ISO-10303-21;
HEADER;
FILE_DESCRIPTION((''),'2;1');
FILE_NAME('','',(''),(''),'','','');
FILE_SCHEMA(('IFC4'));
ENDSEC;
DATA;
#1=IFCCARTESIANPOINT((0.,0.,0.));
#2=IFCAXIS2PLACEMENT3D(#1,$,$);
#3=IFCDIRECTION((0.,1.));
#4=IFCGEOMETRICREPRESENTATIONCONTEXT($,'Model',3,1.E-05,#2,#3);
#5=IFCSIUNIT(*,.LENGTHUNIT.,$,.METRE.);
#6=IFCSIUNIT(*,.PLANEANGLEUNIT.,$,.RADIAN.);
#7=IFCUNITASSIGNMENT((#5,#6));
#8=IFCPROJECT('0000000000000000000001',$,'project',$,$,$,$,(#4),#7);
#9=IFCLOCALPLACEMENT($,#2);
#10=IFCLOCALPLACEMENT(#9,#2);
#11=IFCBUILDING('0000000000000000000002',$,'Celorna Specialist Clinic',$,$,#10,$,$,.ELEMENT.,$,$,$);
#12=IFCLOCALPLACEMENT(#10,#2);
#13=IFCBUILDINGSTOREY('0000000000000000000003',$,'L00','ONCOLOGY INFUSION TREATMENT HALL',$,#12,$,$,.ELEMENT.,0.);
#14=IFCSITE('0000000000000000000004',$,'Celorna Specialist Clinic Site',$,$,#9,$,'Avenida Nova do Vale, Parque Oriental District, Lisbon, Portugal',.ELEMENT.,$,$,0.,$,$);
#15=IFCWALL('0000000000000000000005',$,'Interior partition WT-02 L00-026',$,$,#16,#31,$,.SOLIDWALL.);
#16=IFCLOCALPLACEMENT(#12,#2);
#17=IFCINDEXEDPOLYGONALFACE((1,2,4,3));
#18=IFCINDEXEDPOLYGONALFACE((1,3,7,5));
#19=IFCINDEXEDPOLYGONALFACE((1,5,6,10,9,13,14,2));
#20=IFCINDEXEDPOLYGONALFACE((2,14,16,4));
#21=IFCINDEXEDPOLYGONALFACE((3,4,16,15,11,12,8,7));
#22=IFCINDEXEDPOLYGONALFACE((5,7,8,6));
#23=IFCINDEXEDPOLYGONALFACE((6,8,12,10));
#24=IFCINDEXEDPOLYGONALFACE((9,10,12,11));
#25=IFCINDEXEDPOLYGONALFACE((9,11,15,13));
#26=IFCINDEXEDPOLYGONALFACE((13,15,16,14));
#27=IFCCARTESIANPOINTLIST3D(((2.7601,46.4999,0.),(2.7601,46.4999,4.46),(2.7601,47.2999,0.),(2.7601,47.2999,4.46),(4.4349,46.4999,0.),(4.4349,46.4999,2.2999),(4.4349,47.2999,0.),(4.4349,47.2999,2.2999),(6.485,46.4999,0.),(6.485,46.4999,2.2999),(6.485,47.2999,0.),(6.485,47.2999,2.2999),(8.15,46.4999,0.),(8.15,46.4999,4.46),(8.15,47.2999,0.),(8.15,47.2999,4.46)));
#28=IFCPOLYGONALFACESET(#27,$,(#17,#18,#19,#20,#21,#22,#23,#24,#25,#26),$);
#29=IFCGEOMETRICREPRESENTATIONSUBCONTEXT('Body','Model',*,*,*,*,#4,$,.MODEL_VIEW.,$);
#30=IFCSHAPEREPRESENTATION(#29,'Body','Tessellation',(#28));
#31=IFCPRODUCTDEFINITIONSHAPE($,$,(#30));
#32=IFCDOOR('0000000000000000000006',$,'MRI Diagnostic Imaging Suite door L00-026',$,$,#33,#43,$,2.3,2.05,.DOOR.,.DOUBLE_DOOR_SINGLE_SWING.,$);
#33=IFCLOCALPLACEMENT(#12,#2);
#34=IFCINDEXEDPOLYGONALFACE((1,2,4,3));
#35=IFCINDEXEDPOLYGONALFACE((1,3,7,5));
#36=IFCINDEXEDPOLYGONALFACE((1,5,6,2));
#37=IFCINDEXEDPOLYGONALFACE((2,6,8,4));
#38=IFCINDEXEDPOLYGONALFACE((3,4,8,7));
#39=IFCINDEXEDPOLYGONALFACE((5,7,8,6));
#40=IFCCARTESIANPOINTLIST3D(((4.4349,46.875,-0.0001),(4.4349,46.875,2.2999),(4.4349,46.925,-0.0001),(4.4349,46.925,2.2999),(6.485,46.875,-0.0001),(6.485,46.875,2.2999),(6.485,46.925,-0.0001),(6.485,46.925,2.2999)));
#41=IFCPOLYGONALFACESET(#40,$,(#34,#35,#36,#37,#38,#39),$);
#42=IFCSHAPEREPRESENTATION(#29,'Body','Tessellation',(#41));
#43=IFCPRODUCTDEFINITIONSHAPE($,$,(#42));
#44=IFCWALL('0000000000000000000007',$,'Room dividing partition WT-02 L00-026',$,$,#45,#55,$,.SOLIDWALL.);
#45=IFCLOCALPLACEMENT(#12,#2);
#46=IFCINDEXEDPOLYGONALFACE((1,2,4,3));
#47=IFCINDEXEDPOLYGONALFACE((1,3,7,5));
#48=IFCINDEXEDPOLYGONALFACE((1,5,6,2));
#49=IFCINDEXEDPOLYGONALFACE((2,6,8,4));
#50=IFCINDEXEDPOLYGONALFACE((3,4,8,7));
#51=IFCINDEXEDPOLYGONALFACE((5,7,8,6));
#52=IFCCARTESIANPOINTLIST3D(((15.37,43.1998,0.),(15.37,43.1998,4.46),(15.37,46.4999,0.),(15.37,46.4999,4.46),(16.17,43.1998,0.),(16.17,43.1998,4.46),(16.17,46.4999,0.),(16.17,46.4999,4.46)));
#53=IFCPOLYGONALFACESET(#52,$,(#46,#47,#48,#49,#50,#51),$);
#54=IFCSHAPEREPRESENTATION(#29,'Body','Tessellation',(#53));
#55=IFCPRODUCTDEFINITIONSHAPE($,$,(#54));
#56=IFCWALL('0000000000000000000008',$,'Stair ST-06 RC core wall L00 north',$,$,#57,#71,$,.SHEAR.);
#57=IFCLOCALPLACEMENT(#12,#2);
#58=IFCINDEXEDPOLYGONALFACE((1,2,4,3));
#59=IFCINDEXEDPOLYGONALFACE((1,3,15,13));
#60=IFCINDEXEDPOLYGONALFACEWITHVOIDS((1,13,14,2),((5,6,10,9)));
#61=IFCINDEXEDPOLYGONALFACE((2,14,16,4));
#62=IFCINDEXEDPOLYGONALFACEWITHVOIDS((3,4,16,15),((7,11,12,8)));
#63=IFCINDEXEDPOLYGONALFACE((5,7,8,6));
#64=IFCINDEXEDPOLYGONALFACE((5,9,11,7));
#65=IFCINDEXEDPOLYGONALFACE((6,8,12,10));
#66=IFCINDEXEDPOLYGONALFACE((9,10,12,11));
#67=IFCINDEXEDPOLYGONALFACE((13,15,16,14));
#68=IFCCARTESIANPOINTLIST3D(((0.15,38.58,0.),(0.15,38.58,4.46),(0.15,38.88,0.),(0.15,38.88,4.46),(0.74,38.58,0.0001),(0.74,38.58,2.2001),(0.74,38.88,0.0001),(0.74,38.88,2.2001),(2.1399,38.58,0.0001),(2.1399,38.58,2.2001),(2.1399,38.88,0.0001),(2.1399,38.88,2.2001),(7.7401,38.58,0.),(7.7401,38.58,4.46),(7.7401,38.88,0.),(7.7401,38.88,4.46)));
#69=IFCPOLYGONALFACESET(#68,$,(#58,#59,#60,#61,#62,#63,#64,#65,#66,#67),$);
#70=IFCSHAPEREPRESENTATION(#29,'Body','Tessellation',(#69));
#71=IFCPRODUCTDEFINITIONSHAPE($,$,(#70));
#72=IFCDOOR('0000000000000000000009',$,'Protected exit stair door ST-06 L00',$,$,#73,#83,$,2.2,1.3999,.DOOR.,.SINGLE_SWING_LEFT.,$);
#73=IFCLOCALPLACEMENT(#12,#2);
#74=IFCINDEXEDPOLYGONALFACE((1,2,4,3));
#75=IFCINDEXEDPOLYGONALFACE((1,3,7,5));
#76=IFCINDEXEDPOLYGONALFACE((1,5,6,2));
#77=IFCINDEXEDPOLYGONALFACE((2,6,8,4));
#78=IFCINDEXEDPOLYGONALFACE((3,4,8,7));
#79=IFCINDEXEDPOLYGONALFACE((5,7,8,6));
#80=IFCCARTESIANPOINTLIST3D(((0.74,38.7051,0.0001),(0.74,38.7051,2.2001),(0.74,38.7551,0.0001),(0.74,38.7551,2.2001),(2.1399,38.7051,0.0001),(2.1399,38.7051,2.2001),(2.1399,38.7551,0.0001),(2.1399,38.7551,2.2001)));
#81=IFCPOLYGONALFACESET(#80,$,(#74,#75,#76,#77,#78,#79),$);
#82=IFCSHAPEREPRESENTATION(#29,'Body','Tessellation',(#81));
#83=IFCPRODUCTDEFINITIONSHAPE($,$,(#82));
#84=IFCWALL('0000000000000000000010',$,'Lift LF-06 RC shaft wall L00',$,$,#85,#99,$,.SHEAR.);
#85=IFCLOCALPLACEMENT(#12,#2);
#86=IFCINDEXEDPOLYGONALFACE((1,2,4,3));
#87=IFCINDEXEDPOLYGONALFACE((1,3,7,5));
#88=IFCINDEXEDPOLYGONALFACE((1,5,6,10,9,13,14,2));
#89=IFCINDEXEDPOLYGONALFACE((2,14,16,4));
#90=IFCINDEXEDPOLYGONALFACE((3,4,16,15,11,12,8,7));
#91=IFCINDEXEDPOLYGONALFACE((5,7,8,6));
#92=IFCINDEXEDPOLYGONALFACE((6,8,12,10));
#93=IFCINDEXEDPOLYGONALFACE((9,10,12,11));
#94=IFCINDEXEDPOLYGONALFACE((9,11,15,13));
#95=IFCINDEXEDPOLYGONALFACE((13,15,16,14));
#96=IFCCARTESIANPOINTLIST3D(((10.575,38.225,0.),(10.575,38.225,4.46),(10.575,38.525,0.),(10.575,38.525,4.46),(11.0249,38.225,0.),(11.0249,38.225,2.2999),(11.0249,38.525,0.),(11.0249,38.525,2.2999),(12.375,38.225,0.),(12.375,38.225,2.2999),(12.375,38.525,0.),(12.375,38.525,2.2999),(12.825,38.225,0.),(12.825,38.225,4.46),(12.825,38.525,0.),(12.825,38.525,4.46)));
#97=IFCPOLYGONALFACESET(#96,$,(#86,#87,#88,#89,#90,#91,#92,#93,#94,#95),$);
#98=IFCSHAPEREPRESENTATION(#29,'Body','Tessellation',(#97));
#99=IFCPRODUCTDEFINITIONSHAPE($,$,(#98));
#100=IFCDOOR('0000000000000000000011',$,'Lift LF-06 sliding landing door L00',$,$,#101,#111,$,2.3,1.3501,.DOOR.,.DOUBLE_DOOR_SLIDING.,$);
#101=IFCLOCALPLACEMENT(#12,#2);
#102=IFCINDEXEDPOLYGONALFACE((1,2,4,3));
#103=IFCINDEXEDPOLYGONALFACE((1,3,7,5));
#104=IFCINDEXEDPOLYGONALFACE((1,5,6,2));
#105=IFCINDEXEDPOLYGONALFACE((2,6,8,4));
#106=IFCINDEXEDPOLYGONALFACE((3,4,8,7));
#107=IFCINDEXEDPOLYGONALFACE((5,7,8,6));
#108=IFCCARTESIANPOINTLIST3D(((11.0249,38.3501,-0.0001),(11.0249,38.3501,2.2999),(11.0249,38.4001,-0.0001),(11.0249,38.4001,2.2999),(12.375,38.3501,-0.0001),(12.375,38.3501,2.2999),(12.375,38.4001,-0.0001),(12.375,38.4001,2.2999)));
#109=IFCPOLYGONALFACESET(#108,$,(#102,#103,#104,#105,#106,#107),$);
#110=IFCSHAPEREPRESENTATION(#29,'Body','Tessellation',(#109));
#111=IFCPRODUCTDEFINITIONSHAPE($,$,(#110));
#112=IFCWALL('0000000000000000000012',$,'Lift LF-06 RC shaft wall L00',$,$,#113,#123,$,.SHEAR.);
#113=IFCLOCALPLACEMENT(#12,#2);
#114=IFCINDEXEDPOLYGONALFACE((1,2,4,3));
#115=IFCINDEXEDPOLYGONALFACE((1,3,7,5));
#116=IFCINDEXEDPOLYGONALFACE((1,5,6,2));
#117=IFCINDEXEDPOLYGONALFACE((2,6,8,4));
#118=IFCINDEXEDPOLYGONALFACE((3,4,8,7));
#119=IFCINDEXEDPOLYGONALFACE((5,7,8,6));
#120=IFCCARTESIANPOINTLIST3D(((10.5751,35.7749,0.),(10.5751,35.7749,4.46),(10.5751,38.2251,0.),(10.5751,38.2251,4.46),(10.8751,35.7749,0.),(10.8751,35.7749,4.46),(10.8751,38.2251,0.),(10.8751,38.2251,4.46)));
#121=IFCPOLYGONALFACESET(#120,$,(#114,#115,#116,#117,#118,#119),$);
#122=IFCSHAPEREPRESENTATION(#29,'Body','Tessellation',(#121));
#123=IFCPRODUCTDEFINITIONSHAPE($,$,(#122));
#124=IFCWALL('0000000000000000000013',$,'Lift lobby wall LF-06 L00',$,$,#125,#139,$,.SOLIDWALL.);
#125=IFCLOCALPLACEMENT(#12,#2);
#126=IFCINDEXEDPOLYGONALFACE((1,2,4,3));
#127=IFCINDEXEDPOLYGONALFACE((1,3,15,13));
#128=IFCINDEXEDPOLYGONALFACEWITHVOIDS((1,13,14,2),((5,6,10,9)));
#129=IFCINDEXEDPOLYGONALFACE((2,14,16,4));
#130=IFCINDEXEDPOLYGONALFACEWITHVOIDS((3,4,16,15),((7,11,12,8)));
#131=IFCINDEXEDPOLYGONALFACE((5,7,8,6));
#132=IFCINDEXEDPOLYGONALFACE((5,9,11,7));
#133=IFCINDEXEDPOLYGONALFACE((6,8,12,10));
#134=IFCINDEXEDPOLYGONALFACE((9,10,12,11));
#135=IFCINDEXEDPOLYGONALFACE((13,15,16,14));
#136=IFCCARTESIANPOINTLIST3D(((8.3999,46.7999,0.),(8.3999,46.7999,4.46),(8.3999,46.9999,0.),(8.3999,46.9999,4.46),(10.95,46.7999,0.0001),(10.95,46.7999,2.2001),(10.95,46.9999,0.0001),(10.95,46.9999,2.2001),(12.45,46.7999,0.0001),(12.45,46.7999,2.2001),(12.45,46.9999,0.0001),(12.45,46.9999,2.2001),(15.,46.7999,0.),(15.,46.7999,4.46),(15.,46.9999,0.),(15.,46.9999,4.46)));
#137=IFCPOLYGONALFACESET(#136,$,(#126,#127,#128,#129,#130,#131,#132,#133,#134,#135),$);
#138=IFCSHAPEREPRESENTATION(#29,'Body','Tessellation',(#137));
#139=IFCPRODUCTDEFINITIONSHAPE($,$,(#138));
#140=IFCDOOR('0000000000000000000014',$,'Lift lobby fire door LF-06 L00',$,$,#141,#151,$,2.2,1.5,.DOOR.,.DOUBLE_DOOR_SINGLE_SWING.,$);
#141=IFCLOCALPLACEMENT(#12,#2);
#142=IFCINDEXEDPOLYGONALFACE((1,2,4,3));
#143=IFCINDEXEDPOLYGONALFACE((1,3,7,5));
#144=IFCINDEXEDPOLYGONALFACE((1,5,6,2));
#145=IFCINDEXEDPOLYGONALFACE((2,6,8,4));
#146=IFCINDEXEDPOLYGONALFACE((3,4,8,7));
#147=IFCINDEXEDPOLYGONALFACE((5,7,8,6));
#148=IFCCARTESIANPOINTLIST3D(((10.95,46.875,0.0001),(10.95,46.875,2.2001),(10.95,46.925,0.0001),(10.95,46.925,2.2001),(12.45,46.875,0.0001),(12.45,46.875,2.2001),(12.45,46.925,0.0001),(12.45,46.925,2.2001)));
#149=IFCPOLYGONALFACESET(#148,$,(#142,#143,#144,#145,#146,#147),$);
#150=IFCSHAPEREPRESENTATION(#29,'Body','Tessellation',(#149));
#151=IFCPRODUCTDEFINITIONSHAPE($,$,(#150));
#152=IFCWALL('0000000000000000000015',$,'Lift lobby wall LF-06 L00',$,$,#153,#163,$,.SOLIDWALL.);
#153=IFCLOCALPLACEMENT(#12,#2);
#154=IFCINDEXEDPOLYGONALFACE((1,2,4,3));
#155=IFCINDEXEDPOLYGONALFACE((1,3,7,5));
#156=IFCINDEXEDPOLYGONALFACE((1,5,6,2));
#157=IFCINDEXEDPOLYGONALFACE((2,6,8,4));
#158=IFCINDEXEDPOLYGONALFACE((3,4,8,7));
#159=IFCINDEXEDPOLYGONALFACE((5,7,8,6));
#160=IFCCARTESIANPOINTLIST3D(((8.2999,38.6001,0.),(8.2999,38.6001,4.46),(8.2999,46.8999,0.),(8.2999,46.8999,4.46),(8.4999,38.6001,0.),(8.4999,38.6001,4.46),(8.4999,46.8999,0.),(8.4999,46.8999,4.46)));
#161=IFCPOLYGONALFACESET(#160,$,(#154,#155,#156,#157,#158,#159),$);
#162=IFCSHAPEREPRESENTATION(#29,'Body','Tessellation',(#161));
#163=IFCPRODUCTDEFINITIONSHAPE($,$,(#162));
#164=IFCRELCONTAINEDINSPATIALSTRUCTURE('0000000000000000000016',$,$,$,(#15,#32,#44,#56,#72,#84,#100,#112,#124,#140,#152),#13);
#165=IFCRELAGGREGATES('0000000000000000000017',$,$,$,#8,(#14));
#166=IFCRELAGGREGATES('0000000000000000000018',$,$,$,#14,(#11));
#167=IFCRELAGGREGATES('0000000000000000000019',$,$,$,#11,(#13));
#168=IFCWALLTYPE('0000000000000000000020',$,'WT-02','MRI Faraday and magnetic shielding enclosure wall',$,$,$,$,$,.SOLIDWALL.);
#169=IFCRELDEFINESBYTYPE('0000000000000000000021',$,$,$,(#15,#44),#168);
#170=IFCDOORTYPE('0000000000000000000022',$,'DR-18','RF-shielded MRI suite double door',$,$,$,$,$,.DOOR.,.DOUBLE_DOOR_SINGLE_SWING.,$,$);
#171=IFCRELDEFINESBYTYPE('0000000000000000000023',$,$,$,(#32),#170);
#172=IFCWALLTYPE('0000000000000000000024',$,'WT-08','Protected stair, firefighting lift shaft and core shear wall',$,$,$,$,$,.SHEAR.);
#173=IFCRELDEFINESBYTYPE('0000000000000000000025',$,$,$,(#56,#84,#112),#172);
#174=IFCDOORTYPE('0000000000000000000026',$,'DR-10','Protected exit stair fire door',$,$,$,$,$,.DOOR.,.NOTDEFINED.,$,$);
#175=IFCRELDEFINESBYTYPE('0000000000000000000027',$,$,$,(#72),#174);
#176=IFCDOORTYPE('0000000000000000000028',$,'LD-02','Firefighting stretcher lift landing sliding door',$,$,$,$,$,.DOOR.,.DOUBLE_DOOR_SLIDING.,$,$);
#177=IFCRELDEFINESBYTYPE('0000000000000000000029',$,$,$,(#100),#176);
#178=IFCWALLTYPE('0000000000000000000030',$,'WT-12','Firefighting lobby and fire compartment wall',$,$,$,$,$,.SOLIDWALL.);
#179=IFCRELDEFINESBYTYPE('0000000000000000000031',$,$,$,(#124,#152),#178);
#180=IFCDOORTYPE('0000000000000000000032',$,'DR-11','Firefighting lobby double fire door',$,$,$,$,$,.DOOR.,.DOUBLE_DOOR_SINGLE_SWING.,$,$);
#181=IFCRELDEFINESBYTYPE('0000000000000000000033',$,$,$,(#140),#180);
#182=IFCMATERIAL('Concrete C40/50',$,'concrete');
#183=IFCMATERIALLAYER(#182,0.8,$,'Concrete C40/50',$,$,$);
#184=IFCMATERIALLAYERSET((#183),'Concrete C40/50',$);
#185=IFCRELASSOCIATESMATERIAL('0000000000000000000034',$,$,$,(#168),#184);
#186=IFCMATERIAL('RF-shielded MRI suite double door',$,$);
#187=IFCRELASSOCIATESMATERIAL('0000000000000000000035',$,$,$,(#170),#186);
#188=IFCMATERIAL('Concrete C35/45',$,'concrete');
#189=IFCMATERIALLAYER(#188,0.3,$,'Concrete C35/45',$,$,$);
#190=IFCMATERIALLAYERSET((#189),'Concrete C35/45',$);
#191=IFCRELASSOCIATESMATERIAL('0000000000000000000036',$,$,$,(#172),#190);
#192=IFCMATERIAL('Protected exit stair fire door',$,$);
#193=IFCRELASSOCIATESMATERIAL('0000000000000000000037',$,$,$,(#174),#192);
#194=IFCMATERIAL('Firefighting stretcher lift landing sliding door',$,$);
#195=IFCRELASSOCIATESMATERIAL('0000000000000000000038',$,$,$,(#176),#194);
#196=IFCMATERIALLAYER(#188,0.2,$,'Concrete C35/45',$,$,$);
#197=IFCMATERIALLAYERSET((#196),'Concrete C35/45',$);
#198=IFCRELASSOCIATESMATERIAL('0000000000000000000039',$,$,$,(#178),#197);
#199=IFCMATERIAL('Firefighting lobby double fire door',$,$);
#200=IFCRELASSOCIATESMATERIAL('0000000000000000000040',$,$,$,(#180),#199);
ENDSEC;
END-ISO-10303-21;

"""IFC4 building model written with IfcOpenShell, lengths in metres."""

from ifc_helpers import new_model, si_unit, direction, frame, frame_2d, origin, place, context, subcontext, project, spatial, rectangle, extrude, material, layer, layer_set, type_object, element, fill, save


model = new_model("IFC4")

# Units and contexts
model_context = context("Model", 3, precision=1e-05, world=origin(), true_north=direction((0.0, 1.0)))
body_context = subcontext(model_context, "Body", "Model", "MODEL_VIEW")
ifc_project = project(units=[si_unit("LENGTHUNIT", "METRE"), si_unit("PLANEANGLEUNIT", "RADIAN")], contexts=[model_context])

# Site, building, storey
site_placement = place(None, origin())
site = spatial("IfcSite", under=ifc_project, at=site_placement, Name="Celorna Specialist Clinic Site", LongName="Avenida Nova do Vale, Parque Oriental District, Lisbon, Portugal", CompositionType="ELEMENT", RefElevation=0.0)
building_placement = place(site_placement, origin())
building = spatial("IfcBuilding", under=site, at=building_placement, Name="Celorna Specialist Clinic", CompositionType="ELEMENT")
storey_placement = place(building_placement, origin())
storey = spatial("IfcBuildingStorey", under=building, at=storey_placement, Name="L00", Description="ONCOLOGY INFUSION TREATMENT HALL", CompositionType="ELEMENT", Elevation=0.0)

# Shared definitions
ifc_material_1 = material(Name="Concrete C40/50", Category="concrete")

# Shared definitions
ifc_layer_1 = layer(ifc_material_1, 0.8, Name="Concrete C40/50")
ifc_layer_set_1 = layer_set([ifc_layer_1], Name="Concrete C40/50")
wall_type_1 = type_object("IfcWallType", Name="WT-02", Description="MRI Faraday and magnetic shielding enclosure wall", PredefinedType="SOLIDWALL", material=ifc_layer_set_1)

# Wall, opening, door
wall_1_placement = place(storey_placement, frame((8.1499, 46.8999, 0.0), z_axis=(0.0, 0.0, 1.0), x_axis=(-1.0, 0.0, 0.0)))
wall_1 = element("IfcWall", 1, at=wall_1_placement, inside=storey, type_object=wall_type_1, Name="Interior partition WT-02 L00-026", PredefinedType="SOLIDWALL", context=body_context, shape_type="SweptSolid", body=[
    extrude(rectangle(XDim=5.3899, YDim=0.8, at=frame_2d((2.6948, 0.0))), origin(), (0.0, 0.0, 1.0), 4.46),
])
opening_1_placement = place(wall_1_placement, frame((1.665, 0.0, 0.0)))
opening_1 = element("IfcOpeningElement", 2, at=opening_1_placement, cuts=wall_1, PredefinedType="OPENING", context=body_context, shape_type="SweptSolid", body=[
    extrude(rectangle(XDim=2.05, YDim=2.3, at=frame_2d((1.0249, 1.1499))), frame((0.0, 0.4099, 0.0), z_axis=(0.0, -1.0, 0.0), x_axis=(1.0, 0.0, 0.0)), (0.0, 0.0, 1.0), 0.8201),
])
ifc_material_2 = material(Name="RF-shielded MRI suite double door")
door_type_1 = type_object("IfcDoorType", Name="DR-18", Description="RF-shielded MRI suite double door", OperationType="DOUBLE_DOOR_SINGLE_SWING", PredefinedType="DOOR", material=ifc_material_2)
door_1_placement = place(opening_1_placement, origin())
door_1 = element("IfcDoor", 3, at=door_1_placement, inside=storey, type_object=door_type_1, Name="MRI Diagnostic Imaging Suite door L00-026", OperationType="DOUBLE_DOOR_SINGLE_SWING", OverallHeight=2.3, OverallWidth=2.05, PredefinedType="DOOR", context=body_context, shape_type="SweptSolid", body=[
    extrude(rectangle(XDim=2.05, YDim=2.3, at=frame_2d((1.0249, 1.1499))), frame((0.0, 0.0249, 0.0), z_axis=(0.0, -1.0, 0.0), x_axis=(1.0, 0.0, 0.0)), (0.0, 0.0, 1.0), 0.05),
])
fill(opening_1, door_1)

# Wall
wall_2_placement = place(storey_placement, frame((15.77, 43.2, 0.0), z_axis=(0.0, 0.0, 1.0), x_axis=(0.0, 1.0, 0.0)))
element("IfcWall", 4, at=wall_2_placement, inside=storey, type_object=wall_type_1, Name="Room dividing partition WT-02 L00-026", PredefinedType="SOLIDWALL", context=body_context, shape_type="SweptSolid", body=[
    extrude(rectangle(XDim=3.3, YDim=0.8, at=frame_2d((1.6499, 0.0))), origin(), (0.0, 0.0, 1.0), 4.46),
])

# Walls, openings, doors
ifc_material_3 = material(Name="Concrete C35/45", Category="concrete")
ifc_layer_2 = layer(ifc_material_3, 0.3, Name="Concrete C35/45")
ifc_layer_set_2 = layer_set([ifc_layer_2], Name="Concrete C35/45")
wall_type_2 = type_object("IfcWallType", Name="WT-08", Description="Protected stair, firefighting lift shaft and core shear wall", PredefinedType="SHEAR", material=ifc_layer_set_2)
wall_3_placement = place(storey_placement, frame((7.74, 38.73, 0.0), z_axis=(0.0, 0.0, 1.0), x_axis=(-1.0, 0.0, 0.0)))
wall_3 = element("IfcWall", 5, at=wall_3_placement, inside=storey, type_object=wall_type_2, Name="Stair ST-06 RC core wall L00 north", PredefinedType="SHEAR", context=body_context, shape_type="SweptSolid", body=[
    extrude(rectangle(XDim=7.5901, YDim=0.3, at=frame_2d((3.7949, 0.0))), origin(), (0.0, 0.0, 1.0), 4.46),
])
opening_2_placement = place(wall_3_placement, frame((5.6001, 0.0, 0.0)))
opening_2 = element("IfcOpeningElement", 6, at=opening_2_placement, cuts=wall_3, PredefinedType="OPENING", context=body_context, shape_type="SweptSolid", body=[
    extrude(rectangle(XDim=1.3999, YDim=2.2, at=frame_2d((0.7, 1.1001))), frame((0.0, 0.1599, 0.0), z_axis=(0.0, -1.0, 0.0), x_axis=(1.0, 0.0, 0.0)), (0.0, 0.0, 1.0), 0.3201),
])
ifc_material_4 = material(Name="Protected exit stair fire door")
door_type_2 = type_object("IfcDoorType", Name="DR-10", Description="Protected exit stair fire door", OperationType="NOTDEFINED", PredefinedType="DOOR", material=ifc_material_4)
door_2_placement = place(opening_2_placement, origin())
door_2 = element("IfcDoor", 7, at=door_2_placement, inside=storey, type_object=door_type_2, Name="Protected exit stair door ST-06 L00", OperationType="SINGLE_SWING_LEFT", OverallHeight=2.2, OverallWidth=1.3999, PredefinedType="DOOR", context=body_context, shape_type="SweptSolid", body=[
    extrude(rectangle(XDim=1.3999, YDim=2.2, at=frame_2d((0.7, 1.1001))), frame((0.0, 0.0249, 0.0), z_axis=(0.0, -1.0, 0.0), x_axis=(1.0, 0.0, 0.0)), (0.0, 0.0, 1.0), 0.05),
])
fill(opening_2, door_2)
wall_4_placement = place(storey_placement, frame((12.825, 38.375, 0.0), z_axis=(0.0, 0.0, 1.0), x_axis=(-1.0, 0.0, 0.0)))
wall_4 = element("IfcWall", 8, at=wall_4_placement, inside=storey, type_object=wall_type_2, Name="Lift LF-06 RC shaft wall L00", PredefinedType="SHEAR", context=body_context, shape_type="SweptSolid", body=[
    extrude(rectangle(XDim=2.25, YDim=0.3, at=frame_2d((1.125, 0.0))), origin(), (0.0, 0.0, 1.0), 4.46),
])
opening_3_placement = place(wall_4_placement, frame((0.45, 0.0, 0.0)))
opening_3 = element("IfcOpeningElement", 9, at=opening_3_placement, cuts=wall_4, PredefinedType="OPENING", context=body_context, shape_type="SweptSolid", body=[
    extrude(rectangle(XDim=1.3501, YDim=2.3, at=frame_2d((0.675, 1.1499))), frame((0.0, 0.1599, 0.0), z_axis=(0.0, -1.0, 0.0), x_axis=(1.0, 0.0, 0.0)), (0.0, 0.0, 1.0), 0.3201),
])
ifc_material_5 = material(Name="Firefighting stretcher lift landing sliding door")
door_type_3 = type_object("IfcDoorType", Name="LD-02", Description="Firefighting stretcher lift landing sliding door", OperationType="DOUBLE_DOOR_SLIDING", PredefinedType="DOOR", material=ifc_material_5)
door_3_placement = place(opening_3_placement, origin())
door_3 = element("IfcDoor", 10, at=door_3_placement, inside=storey, type_object=door_type_3, Name="Lift LF-06 sliding landing door L00", OperationType="DOUBLE_DOOR_SLIDING", OverallHeight=2.3, OverallWidth=1.3501, PredefinedType="DOOR", context=body_context, shape_type="SweptSolid", body=[
    extrude(rectangle(XDim=1.3501, YDim=2.3, at=frame_2d((0.675, 1.1499))), frame((0.0, 0.0249, 0.0), z_axis=(0.0, -1.0, 0.0), x_axis=(1.0, 0.0, 0.0)), (0.0, 0.0, 1.0), 0.05),
])
fill(opening_3, door_3)

# Wall
wall_5_placement = place(storey_placement, frame((10.7251, 38.2251, 0.0), z_axis=(0.0, 0.0, 1.0), x_axis=(0.0, -1.0, 0.0)))
element("IfcWall", 11, at=wall_5_placement, inside=storey, type_object=wall_type_2, Name="Lift LF-06 RC shaft wall L00", PredefinedType="SHEAR", context=body_context, shape_type="SweptSolid", body=[
    extrude(rectangle(XDim=2.4502, YDim=0.3, at=frame_2d((1.2251, 0.0))), origin(), (0.0, 0.0, 1.0), 4.46),
])

# Wall, opening, door
ifc_layer_3 = layer(ifc_material_3, 0.2, Name="Concrete C35/45")
ifc_layer_set_3 = layer_set([ifc_layer_3], Name="Concrete C35/45")
wall_type_3 = type_object("IfcWallType", Name="WT-12", Description="Firefighting lobby and fire compartment wall", PredefinedType="SOLIDWALL", material=ifc_layer_set_3)
wall_6_placement = place(storey_placement, frame((15.0, 46.8999, 0.0), z_axis=(0.0, 0.0, 1.0), x_axis=(-1.0, 0.0, 0.0)))
wall_6 = element("IfcWall", 12, at=wall_6_placement, inside=storey, type_object=wall_type_3, Name="Lift lobby wall LF-06 L00", PredefinedType="SOLIDWALL", context=body_context, shape_type="SweptSolid", body=[
    extrude(rectangle(XDim=6.6001, YDim=0.2, at=frame_2d((3.3, 0.0))), origin(), (0.0, 0.0, 1.0), 4.46),
])
opening_4_placement = place(wall_6_placement, frame((2.55, 0.0, 0.0)))
opening_4 = element("IfcOpeningElement", 13, at=opening_4_placement, cuts=wall_6, PredefinedType="OPENING", context=body_context, shape_type="SweptSolid", body=[
    extrude(rectangle(XDim=1.5, YDim=2.2, at=frame_2d((0.75, 1.1001))), frame((0.0, 0.1099, 0.0), z_axis=(0.0, -1.0, 0.0), x_axis=(1.0, 0.0, 0.0)), (0.0, 0.0, 1.0), 0.22),
])
ifc_material_6 = material(Name="Firefighting lobby double fire door")
door_type_4 = type_object("IfcDoorType", Name="DR-11", Description="Firefighting lobby double fire door", OperationType="DOUBLE_DOOR_SINGLE_SWING", PredefinedType="DOOR", material=ifc_material_6)
door_4_placement = place(opening_4_placement, origin())
door_4 = element("IfcDoor", 14, at=door_4_placement, inside=storey, type_object=door_type_4, Name="Lift lobby fire door LF-06 L00", OperationType="DOUBLE_DOOR_SINGLE_SWING", OverallHeight=2.2, OverallWidth=1.5, PredefinedType="DOOR", context=body_context, shape_type="SweptSolid", body=[
    extrude(rectangle(XDim=1.5, YDim=2.2, at=frame_2d((0.75, 1.1001))), frame((0.0, 0.0249, 0.0), z_axis=(0.0, -1.0, 0.0), x_axis=(1.0, 0.0, 0.0)), (0.0, 0.0, 1.0), 0.05),
])
fill(opening_4, door_4)

# Wall
for number, where, z_axis, x_axis, name in (
    (15, (8.3999, 46.8999, 0.0), (0.0, 0.0, 1.0), (0.0, -1.0, 0.0), "Lift lobby wall LF-06 L00"),
):
    element("IfcWall", number, at=place(storey_placement, frame(where, z_axis=z_axis, x_axis=x_axis)), inside=storey, type_object=wall_type_3, Name=name, PredefinedType="SOLIDWALL", context=body_context, shape_type="SweptSolid", body=[
        extrude(rectangle(XDim=8.2998, YDim=0.2, at=frame_2d((4.1499, 0.0))), origin(), (0.0, 0.0, 1.0), 4.46),
    ])

save(model, "model.ifc")
